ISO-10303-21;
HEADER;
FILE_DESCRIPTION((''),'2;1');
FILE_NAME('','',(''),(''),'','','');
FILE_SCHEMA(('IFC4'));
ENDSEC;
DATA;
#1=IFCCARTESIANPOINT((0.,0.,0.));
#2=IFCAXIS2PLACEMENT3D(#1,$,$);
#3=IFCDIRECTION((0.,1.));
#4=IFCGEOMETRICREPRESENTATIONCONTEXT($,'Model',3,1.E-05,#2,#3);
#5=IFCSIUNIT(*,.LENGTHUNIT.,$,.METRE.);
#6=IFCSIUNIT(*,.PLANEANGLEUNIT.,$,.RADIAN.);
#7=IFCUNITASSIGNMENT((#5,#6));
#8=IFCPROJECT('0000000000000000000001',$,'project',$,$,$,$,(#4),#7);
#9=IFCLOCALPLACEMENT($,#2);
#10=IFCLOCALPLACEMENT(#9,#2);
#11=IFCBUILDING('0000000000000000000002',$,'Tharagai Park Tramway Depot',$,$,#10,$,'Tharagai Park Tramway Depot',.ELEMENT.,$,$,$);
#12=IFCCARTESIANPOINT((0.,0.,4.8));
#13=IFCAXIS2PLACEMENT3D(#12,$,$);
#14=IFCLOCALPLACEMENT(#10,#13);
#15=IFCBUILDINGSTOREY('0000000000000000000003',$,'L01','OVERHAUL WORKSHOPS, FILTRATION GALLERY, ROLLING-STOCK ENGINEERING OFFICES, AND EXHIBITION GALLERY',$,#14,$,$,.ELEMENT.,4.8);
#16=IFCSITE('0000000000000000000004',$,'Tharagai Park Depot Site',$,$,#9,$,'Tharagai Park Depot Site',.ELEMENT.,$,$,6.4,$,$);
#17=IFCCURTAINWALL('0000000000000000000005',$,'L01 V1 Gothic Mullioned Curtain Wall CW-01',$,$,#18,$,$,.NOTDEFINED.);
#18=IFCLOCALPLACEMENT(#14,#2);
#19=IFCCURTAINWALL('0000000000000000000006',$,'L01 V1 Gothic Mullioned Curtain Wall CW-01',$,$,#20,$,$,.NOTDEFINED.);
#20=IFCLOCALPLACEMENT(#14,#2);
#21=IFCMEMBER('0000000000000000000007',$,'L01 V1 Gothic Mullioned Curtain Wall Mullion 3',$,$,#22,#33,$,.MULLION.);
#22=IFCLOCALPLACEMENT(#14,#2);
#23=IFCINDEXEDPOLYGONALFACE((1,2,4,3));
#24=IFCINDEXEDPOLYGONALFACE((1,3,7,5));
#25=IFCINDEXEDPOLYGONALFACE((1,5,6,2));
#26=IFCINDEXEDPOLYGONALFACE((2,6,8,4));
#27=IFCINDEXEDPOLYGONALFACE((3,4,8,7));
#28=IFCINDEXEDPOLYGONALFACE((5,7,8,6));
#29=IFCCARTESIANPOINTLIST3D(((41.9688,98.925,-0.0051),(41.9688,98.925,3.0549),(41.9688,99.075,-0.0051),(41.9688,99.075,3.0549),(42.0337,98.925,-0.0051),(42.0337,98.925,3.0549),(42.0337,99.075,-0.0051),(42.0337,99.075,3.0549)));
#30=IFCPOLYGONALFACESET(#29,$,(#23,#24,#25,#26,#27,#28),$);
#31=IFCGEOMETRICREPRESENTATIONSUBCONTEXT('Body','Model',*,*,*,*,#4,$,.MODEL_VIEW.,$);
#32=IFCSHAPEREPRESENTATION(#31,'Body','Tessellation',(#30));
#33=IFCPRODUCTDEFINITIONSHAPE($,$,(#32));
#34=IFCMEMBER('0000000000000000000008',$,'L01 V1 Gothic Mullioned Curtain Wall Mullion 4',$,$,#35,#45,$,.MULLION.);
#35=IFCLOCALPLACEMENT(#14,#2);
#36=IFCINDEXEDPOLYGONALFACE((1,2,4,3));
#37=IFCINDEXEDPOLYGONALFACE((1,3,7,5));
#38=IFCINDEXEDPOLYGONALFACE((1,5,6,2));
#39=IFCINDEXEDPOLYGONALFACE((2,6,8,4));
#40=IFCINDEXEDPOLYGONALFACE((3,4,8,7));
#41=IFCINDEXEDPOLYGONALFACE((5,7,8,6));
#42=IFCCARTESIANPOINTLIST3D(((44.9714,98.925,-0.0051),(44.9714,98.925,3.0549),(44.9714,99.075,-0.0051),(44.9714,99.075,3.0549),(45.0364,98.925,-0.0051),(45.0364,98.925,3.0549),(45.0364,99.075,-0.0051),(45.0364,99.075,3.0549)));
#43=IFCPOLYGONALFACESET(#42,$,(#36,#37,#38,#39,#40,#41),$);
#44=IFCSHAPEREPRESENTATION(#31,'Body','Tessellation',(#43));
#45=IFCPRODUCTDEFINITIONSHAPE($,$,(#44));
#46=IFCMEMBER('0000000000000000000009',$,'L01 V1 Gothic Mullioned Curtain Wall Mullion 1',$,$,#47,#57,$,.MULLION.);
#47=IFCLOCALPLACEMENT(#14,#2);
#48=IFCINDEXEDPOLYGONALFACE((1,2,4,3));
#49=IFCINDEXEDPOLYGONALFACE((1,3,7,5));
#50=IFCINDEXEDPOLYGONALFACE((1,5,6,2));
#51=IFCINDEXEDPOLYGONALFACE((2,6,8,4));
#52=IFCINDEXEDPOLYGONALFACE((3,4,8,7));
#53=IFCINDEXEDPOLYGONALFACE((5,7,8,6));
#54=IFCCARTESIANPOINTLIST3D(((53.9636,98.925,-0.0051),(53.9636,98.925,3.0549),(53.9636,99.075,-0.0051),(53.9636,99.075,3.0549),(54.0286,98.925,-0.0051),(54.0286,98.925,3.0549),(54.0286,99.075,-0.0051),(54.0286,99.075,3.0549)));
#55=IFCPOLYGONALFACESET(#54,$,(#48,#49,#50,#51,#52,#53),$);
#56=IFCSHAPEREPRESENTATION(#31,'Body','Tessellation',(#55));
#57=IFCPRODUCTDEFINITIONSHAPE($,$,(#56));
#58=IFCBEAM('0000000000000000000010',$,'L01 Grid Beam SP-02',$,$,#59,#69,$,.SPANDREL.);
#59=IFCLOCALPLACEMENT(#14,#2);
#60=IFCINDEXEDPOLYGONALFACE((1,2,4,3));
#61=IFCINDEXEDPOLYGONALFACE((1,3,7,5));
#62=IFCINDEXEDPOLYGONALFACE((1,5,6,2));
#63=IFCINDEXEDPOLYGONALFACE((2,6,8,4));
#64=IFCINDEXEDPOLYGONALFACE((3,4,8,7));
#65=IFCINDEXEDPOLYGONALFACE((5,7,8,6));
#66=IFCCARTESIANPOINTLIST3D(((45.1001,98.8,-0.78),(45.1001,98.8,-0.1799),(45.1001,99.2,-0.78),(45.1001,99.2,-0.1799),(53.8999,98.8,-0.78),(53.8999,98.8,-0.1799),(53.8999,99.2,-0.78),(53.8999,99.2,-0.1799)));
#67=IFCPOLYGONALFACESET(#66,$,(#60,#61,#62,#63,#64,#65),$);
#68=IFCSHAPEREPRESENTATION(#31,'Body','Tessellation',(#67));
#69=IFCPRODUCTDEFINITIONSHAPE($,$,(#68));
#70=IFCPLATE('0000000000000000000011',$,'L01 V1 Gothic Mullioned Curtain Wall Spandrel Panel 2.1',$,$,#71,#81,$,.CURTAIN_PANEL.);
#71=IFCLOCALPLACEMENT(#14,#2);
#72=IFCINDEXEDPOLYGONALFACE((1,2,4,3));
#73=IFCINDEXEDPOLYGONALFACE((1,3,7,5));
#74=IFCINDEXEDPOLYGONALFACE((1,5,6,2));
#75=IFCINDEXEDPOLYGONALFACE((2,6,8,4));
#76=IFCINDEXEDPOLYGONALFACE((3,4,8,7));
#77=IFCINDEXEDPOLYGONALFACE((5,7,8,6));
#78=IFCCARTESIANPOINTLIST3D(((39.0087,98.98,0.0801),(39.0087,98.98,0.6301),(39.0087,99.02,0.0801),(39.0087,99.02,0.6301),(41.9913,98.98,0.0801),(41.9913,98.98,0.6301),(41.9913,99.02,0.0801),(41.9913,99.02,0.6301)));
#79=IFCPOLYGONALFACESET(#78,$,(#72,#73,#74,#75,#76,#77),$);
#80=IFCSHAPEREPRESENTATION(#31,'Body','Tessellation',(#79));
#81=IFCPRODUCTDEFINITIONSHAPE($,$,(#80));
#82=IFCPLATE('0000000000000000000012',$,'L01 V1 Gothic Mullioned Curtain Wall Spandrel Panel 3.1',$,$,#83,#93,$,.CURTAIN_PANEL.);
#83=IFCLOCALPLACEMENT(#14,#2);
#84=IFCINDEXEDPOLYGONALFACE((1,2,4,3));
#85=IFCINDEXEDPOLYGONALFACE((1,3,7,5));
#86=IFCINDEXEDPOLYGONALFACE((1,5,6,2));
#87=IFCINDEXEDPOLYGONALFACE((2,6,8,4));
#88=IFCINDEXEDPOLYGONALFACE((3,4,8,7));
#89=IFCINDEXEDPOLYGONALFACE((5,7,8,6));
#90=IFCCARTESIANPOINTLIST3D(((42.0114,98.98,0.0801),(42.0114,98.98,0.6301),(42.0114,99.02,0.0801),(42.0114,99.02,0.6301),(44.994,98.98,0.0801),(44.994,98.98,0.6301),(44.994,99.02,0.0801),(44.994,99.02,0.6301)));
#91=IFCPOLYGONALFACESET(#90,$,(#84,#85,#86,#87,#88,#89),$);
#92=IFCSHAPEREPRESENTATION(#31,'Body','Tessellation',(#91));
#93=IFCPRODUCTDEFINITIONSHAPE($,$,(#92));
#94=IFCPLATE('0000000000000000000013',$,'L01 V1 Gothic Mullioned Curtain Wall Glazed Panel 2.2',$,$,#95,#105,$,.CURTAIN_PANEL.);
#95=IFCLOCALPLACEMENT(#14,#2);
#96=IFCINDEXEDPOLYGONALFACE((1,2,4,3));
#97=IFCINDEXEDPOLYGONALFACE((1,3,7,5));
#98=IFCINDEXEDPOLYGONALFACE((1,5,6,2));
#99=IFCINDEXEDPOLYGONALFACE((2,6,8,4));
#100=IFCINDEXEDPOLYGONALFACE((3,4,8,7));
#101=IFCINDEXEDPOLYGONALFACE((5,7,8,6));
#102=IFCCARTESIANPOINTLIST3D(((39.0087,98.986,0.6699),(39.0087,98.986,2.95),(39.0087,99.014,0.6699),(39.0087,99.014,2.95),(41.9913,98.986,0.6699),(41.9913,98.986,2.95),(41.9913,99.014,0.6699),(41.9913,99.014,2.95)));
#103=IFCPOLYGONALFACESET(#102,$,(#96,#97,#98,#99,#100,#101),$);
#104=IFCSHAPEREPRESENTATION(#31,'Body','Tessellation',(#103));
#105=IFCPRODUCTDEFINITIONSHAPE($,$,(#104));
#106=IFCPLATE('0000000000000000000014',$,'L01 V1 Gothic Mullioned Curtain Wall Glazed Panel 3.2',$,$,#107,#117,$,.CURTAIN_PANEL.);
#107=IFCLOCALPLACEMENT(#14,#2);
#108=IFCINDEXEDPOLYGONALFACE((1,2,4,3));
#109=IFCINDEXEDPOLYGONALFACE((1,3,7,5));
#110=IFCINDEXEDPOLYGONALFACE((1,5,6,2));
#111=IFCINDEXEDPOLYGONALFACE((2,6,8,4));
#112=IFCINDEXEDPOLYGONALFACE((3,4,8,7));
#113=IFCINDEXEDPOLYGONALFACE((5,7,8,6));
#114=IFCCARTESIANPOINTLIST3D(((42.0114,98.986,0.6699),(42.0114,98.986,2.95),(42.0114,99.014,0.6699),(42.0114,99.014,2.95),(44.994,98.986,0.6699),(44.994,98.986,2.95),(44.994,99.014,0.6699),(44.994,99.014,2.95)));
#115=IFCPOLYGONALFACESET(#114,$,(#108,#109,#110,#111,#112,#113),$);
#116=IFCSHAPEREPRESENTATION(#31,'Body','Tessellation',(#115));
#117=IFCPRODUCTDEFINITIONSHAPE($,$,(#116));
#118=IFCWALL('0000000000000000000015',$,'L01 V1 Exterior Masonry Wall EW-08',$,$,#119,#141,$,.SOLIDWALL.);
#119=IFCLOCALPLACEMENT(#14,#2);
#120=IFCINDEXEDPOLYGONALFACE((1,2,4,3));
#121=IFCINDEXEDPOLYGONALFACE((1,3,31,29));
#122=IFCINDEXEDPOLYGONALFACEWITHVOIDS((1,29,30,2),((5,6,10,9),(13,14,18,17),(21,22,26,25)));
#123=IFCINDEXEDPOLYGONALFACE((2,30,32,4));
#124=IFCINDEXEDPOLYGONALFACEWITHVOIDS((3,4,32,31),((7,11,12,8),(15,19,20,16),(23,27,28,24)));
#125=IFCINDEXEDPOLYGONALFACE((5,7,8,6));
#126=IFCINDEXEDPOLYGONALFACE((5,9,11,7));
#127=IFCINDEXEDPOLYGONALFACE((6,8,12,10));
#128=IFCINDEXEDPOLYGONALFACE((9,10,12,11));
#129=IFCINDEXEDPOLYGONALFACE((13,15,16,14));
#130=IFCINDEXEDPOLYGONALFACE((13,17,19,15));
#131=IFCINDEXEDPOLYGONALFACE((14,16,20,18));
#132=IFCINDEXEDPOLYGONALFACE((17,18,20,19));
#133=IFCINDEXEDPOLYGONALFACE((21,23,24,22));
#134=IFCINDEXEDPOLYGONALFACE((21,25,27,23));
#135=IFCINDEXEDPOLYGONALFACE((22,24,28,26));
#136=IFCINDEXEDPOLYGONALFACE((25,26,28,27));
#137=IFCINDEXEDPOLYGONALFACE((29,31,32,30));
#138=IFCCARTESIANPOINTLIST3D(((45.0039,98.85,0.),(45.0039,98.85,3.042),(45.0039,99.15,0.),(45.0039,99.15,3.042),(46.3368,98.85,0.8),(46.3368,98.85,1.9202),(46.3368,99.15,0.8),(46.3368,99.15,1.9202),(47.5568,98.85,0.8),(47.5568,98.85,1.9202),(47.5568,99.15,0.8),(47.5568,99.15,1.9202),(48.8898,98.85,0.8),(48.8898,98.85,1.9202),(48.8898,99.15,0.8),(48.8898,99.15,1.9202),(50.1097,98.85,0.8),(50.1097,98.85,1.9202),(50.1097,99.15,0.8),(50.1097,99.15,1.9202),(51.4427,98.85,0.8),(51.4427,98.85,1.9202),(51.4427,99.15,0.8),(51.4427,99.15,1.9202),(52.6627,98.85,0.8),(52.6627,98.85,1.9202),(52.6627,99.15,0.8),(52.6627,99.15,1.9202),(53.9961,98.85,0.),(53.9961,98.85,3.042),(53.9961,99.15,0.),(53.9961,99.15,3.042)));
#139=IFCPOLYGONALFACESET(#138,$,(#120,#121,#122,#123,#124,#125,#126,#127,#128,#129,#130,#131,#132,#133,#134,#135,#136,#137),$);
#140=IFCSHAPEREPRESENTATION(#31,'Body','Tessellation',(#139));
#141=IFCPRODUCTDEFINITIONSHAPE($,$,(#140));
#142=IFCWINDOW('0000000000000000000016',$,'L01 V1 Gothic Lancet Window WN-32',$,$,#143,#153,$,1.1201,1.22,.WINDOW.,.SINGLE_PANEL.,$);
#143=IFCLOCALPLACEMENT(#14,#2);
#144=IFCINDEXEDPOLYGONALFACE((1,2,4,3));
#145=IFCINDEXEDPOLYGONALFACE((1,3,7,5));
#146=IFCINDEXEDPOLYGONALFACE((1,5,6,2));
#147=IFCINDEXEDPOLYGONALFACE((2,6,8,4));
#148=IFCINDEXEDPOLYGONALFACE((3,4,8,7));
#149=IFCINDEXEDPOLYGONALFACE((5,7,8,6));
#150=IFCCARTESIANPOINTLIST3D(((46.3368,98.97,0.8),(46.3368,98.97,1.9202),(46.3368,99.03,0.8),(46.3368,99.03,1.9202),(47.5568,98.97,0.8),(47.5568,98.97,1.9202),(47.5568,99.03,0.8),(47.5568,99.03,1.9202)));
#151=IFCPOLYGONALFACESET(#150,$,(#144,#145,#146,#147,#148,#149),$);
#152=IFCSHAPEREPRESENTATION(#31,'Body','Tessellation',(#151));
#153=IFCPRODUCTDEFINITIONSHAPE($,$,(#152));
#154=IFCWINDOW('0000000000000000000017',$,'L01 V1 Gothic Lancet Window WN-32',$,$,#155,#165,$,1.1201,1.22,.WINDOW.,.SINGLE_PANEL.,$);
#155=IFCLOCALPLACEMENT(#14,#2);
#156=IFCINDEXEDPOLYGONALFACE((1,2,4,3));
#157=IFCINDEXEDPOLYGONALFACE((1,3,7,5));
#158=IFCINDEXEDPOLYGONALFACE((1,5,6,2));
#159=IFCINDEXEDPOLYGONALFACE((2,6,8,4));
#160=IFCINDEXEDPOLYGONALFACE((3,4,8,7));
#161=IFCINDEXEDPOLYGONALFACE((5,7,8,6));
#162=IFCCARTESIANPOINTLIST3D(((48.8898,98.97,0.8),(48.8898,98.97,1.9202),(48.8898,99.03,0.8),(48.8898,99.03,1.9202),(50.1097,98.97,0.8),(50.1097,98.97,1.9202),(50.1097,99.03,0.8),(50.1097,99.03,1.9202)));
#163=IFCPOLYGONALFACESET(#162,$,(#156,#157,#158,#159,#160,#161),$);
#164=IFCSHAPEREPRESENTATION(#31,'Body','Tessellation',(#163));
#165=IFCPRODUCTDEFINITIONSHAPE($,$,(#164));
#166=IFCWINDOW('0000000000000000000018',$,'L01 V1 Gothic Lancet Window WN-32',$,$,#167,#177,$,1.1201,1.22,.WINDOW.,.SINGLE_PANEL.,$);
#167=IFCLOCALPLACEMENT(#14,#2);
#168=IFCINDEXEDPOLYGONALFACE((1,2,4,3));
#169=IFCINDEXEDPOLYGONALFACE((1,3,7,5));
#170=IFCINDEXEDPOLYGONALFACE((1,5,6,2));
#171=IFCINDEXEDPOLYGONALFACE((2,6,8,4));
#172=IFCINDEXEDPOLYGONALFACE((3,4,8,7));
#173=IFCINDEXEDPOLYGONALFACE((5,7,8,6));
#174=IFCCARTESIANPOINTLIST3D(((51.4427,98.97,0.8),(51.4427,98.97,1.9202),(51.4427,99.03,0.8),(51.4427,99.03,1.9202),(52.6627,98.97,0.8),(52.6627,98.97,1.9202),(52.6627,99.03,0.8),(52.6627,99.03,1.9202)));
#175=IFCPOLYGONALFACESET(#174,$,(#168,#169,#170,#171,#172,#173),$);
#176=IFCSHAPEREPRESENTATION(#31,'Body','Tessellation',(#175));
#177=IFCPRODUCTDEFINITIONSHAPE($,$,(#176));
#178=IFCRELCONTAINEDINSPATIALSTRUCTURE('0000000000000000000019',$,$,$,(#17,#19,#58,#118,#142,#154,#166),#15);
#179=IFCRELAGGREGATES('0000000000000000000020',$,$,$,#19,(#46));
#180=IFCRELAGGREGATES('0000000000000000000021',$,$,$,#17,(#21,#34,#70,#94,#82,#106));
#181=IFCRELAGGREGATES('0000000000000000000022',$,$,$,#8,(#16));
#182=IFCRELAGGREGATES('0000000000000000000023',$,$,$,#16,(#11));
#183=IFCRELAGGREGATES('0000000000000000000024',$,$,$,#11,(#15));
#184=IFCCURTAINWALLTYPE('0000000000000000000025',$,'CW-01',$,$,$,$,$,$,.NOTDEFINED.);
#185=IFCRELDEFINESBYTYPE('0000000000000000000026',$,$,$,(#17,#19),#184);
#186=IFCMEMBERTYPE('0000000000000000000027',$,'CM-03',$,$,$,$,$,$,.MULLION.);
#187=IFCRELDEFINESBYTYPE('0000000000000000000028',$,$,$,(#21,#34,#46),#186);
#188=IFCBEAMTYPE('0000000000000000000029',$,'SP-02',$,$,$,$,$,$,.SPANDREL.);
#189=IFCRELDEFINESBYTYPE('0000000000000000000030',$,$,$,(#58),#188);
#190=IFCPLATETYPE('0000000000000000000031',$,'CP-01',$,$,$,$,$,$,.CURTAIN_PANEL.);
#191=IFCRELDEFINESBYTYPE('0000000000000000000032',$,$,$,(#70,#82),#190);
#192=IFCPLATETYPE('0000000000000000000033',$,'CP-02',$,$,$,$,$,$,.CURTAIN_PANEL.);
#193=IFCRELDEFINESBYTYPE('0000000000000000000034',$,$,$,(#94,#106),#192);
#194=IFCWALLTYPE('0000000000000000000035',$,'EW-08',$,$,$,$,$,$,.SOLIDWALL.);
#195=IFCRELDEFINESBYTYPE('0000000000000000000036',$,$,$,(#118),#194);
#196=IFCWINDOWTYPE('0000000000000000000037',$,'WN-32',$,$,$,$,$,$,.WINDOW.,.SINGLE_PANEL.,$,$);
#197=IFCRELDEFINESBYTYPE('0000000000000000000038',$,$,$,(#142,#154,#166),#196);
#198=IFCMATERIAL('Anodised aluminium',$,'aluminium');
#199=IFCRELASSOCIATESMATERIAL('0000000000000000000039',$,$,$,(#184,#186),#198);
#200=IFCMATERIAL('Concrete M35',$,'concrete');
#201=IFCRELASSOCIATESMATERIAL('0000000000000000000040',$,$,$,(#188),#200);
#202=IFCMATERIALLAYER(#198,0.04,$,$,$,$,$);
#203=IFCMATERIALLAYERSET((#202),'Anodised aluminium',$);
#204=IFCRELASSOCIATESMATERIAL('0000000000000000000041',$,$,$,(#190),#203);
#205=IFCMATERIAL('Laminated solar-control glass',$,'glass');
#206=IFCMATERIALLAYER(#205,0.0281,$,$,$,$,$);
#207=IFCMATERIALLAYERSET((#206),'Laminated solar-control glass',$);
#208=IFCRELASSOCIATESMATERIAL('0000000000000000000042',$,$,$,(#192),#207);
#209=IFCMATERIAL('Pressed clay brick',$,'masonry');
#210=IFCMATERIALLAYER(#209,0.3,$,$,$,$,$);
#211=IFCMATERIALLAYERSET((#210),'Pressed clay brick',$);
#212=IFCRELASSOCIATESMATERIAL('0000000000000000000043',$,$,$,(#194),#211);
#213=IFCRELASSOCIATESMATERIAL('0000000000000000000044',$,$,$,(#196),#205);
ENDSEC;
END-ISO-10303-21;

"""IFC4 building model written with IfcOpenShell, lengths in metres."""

from ifc_helpers import new_model, si_unit, direction, frame, frame_2d, origin, origin_2d, place, context, subcontext, project, spatial, rectangle, extrude, material, layer, layer_set, material_profile, profile_set, type_object, element, fill, aggregate, save


model = new_model("IFC4")

# Units and contexts
model_context = context("Model", 3, precision=1e-05, world=origin(), true_north=direction((0.0, 1.0)))
body_context = subcontext(model_context, "Body", "Model", "MODEL_VIEW")
ifc_project = project(units=[si_unit("LENGTHUNIT", "METRE"), si_unit("PLANEANGLEUNIT", "RADIAN")], contexts=[model_context])

# Site, building, storey
site_placement = place(None, origin())
site = spatial("IfcSite", under=ifc_project, at=site_placement, Name="Tharagai Park Depot Site", LongName="Tharagai Park Depot Site", CompositionType="ELEMENT", RefElevation=6.4)
building_placement = place(site_placement, origin())
building = spatial("IfcBuilding", under=site, at=building_placement, Name="Tharagai Park Tramway Depot", LongName="Tharagai Park Tramway Depot", CompositionType="ELEMENT")
storey_placement = place(building_placement, frame((0.0, 0.0, 4.8)))
storey = spatial("IfcBuildingStorey", under=building, at=storey_placement, Name="L01", Description="OVERHAUL WORKSHOPS, FILTRATION GALLERY, ROLLING-STOCK ENGINEERING OFFICES, AND EXHIBITION GALLERY", CompositionType="ELEMENT", Elevation=4.8)

# Curtain walls
ifc_material_1 = material(Name="Anodised aluminium", Category="aluminium")
curtain_wall_type = type_object("IfcCurtainWallType", Name="CW-01", PredefinedType="NOTDEFINED", material=ifc_material_1)
curtain_wall_1_placement = place(storey_placement, origin())
curtain_wall_1 = element("IfcCurtainWall", 1, at=curtain_wall_1_placement, inside=storey, type_object=curtain_wall_type, Name="L01 V1 Gothic Mullioned Curtain Wall CW-01", PredefinedType="NOTDEFINED")
curtain_wall_2_placement = place(storey_placement, origin())
curtain_wall_2 = element("IfcCurtainWall", 2, at=curtain_wall_2_placement, inside=storey, type_object=curtain_wall_type, Name="L01 V1 Gothic Mullioned Curtain Wall CW-01", PredefinedType="NOTDEFINED")

# Members
ifc_material_profile_1 = material_profile(ifc_material_1, rectangle(XDim=0.0649, YDim=0.1499, at=origin_2d()), Name="ALU 65x150")
ifc_profile_set_1 = profile_set([ifc_material_profile_1], Name="Anodised aluminium")
member_type_1 = type_object("IfcMemberType", Name="CM-03", PredefinedType="MULLION", material=ifc_profile_set_1)
member_1_placement = place(storey_placement, frame((42.0012, 99.0, -0.0051), z_axis=(0.0, 0.0, 1.0), x_axis=(1.0, 0.0, 0.0)))
member_1 = element("IfcMember", 3, at=member_1_placement, type_object=member_type_1, Name="L01 V1 Gothic Mullioned Curtain Wall Mullion 3", PredefinedType="MULLION", context=body_context, shape_type="SweptSolid", body=[
    extrude(rectangle(XDim=0.0649, YDim=0.1499, at=origin_2d()), origin(), (0.0, 0.0, 1.0), 3.0601),
])
member_2_placement = place(storey_placement, frame((45.0039, 99.0, -0.0051), z_axis=(0.0, 0.0, 1.0), x_axis=(1.0, 0.0, 0.0)))
member_2 = element("IfcMember", 4, at=member_2_placement, type_object=member_type_1, Name="L01 V1 Gothic Mullioned Curtain Wall Mullion 4", PredefinedType="MULLION", context=body_context, shape_type="SweptSolid", body=[
    extrude(rectangle(XDim=0.0649, YDim=0.1499, at=origin_2d()), origin(), (0.0, 0.0, 1.0), 3.0601),
])
member_3_placement = place(storey_placement, frame((53.9961, 99.0, -0.0051), z_axis=(0.0, 0.0, 1.0), x_axis=(1.0, 0.0, 0.0)))
member_3 = element("IfcMember", 5, at=member_3_placement, type_object=member_type_1, Name="L01 V1 Gothic Mullioned Curtain Wall Mullion 1", PredefinedType="MULLION", context=body_context, shape_type="SweptSolid", body=[
    extrude(rectangle(XDim=0.0649, YDim=0.1499, at=origin_2d()), origin(), (0.0, 0.0, 1.0), 3.0601),
])
aggregate(curtain_wall_2, [member_3])

# Beam
ifc_material_2 = material(Name="Concrete M35", Category="concrete")
ifc_material_profile_2 = material_profile(ifc_material_2, rectangle(XDim=0.3999, YDim=0.6001, at=origin_2d()), Name="RC 400x600")
ifc_profile_set_2 = profile_set([ifc_material_profile_2], Name="Concrete M35")
beam_type = type_object("IfcBeamType", Name="SP-02", PredefinedType="SPANDREL", material=ifc_profile_set_2)
beam_placement = place(storey_placement, frame((45.1001, 99.0, -0.48), z_axis=(1.0, 0.0, 0.0), x_axis=(0.0, 1.0, 0.0)))
element("IfcBeam", 6, at=beam_placement, inside=storey, type_object=beam_type, Name="L01 Grid Beam SP-02", PredefinedType="SPANDREL", context=body_context, shape_type="SweptSolid", body=[
    extrude(rectangle(XDim=0.3999, YDim=0.6001, at=origin_2d()), origin(), (0.0, 0.0, 1.0), 8.7998),
])

# Plates
ifc_layer_1 = layer(ifc_material_1, 0.04)
ifc_layer_set_1 = layer_set([ifc_layer_1], Name="Anodised aluminium")
plate_type_1 = type_object("IfcPlateType", Name="CP-01", PredefinedType="CURTAIN_PANEL", material=ifc_layer_set_1)
plate_1_placement = place(storey_placement, frame((40.5, 99.0, 0.0801), z_axis=(0.0, 0.0, 1.0), x_axis=(1.0, 0.0, 0.0)))
plate_1 = element("IfcPlate", 7, at=plate_1_placement, type_object=plate_type_1, Name="L01 V1 Gothic Mullioned Curtain Wall Spandrel Panel 2.1", PredefinedType="CURTAIN_PANEL", context=body_context, shape_type="SweptSolid", body=[
    extrude(rectangle(XDim=2.9827, YDim=0.04, at=origin_2d()), origin(), (0.0, 0.0, 1.0), 0.55),
])
plate_2_placement = place(storey_placement, frame((43.5027, 99.0, 0.0801), z_axis=(0.0, 0.0, 1.0), x_axis=(1.0, 0.0, 0.0)))
plate_2 = element("IfcPlate", 8, at=plate_2_placement, type_object=plate_type_1, Name="L01 V1 Gothic Mullioned Curtain Wall Spandrel Panel 3.1", PredefinedType="CURTAIN_PANEL", context=body_context, shape_type="SweptSolid", body=[
    extrude(rectangle(XDim=2.9827, YDim=0.04, at=origin_2d()), origin(), (0.0, 0.0, 1.0), 0.55),
])
ifc_material_3 = material(Name="Laminated solar-control glass", Category="glass")
ifc_layer_2 = layer(ifc_material_3, 0.0281)
ifc_layer_set_2 = layer_set([ifc_layer_2], Name="Laminated solar-control glass")
plate_type_2 = type_object("IfcPlateType", Name="CP-02", PredefinedType="CURTAIN_PANEL", material=ifc_layer_set_2)
plate_3_placement = place(storey_placement, frame((40.5, 99.0, 0.6699), z_axis=(0.0, 0.0, 1.0), x_axis=(1.0, 0.0, 0.0)))
plate_3 = element("IfcPlate", 9, at=plate_3_placement, type_object=plate_type_2, Name="L01 V1 Gothic Mullioned Curtain Wall Glazed Panel 2.2", PredefinedType="CURTAIN_PANEL", context=body_context, shape_type="SweptSolid", body=[
    extrude(rectangle(XDim=2.9827, YDim=0.0281, at=origin_2d()), origin(), (0.0, 0.0, 1.0), 2.28),
])
plate_4_placement = place(storey_placement, frame((43.5027, 99.0, 0.6699), z_axis=(0.0, 0.0, 1.0), x_axis=(1.0, 0.0, 0.0)))
plate_4 = element("IfcPlate", 10, at=plate_4_placement, type_object=plate_type_2, Name="L01 V1 Gothic Mullioned Curtain Wall Glazed Panel 3.2", PredefinedType="CURTAIN_PANEL", context=body_context, shape_type="SweptSolid", body=[
    extrude(rectangle(XDim=2.9827, YDim=0.0281, at=origin_2d()), origin(), (0.0, 0.0, 1.0), 2.28),
])
aggregate(curtain_wall_1, [member_1, member_2, plate_1, plate_3, plate_2, plate_4])

# Wall, openings, windows
ifc_material_4 = material(Name="Pressed clay brick", Category="masonry")
ifc_layer_3 = layer(ifc_material_4, 0.3)
ifc_layer_set_3 = layer_set([ifc_layer_3], Name="Pressed clay brick")
wall_type = type_object("IfcWallType", Name="EW-08", PredefinedType="SOLIDWALL", material=ifc_layer_set_3)
wall_placement = place(storey_placement, frame((45.0039, 99.0, 0.0), z_axis=(0.0, 0.0, 1.0), x_axis=(1.0, 0.0, 0.0)))
wall = element("IfcWall", 11, at=wall_placement, inside=storey, type_object=wall_type, Name="L01 V1 Exterior Masonry Wall EW-08", PredefinedType="SOLIDWALL", context=body_context, shape_type="SweptSolid", body=[
    extrude(rectangle(XDim=8.9922, YDim=0.3, at=frame_2d((4.4961, 0.0))), origin(), (0.0, 0.0, 1.0), 3.042),
])
opening_1_placement = place(wall_placement, frame((1.333, 0.0, 0.8)))
opening_1 = element("IfcOpeningElement", 12, at=opening_1_placement, cuts=wall, PredefinedType="OPENING", context=body_context, shape_type="SweptSolid", body=[
    extrude(rectangle(XDim=1.22, YDim=1.1201, at=frame_2d((0.6099, 0.5601))), frame((0.0, 0.1599, 0.0), z_axis=(0.0, -1.0, 0.0), x_axis=(1.0, 0.0, 0.0)), (0.0, 0.0, 1.0), 0.3201),
])
opening_2_placement = place(wall_placement, frame((3.886, 0.0, 0.8)))
opening_2 = element("IfcOpeningElement", 13, at=opening_2_placement, cuts=wall, PredefinedType="OPENING", context=body_context, shape_type="SweptSolid", body=[
    extrude(rectangle(XDim=1.22, YDim=1.1201, at=frame_2d((0.6099, 0.5601))), frame((0.0, 0.1599, 0.0), z_axis=(0.0, -1.0, 0.0), x_axis=(1.0, 0.0, 0.0)), (0.0, 0.0, 1.0), 0.3201),
])
opening_3_placement = place(wall_placement, frame((6.439, 0.0, 0.8)))
opening_3 = element("IfcOpeningElement", 14, at=opening_3_placement, cuts=wall, PredefinedType="OPENING", context=body_context, shape_type="SweptSolid", body=[
    extrude(rectangle(XDim=1.22, YDim=1.1201, at=frame_2d((0.6099, 0.5601))), frame((0.0, 0.1599, 0.0), z_axis=(0.0, -1.0, 0.0), x_axis=(1.0, 0.0, 0.0)), (0.0, 0.0, 1.0), 0.3201),
])
window_type = type_object("IfcWindowType", Name="WN-32", PartitioningType="SINGLE_PANEL", PredefinedType="WINDOW", material=ifc_material_3)
window_1_placement = place(opening_1_placement, origin())
window_1 = element("IfcWindow", 15, at=window_1_placement, inside=storey, type_object=window_type, Name="L01 V1 Gothic Lancet Window WN-32", OverallHeight=1.1201, OverallWidth=1.22, PartitioningType="SINGLE_PANEL", PredefinedType="WINDOW", context=body_context, shape_type="SweptSolid", body=[
    extrude(rectangle(XDim=1.22, YDim=1.1201, at=frame_2d((0.6099, 0.5601))), frame((0.0, 0.03, 0.0), z_axis=(0.0, -1.0, 0.0), x_axis=(1.0, 0.0, 0.0)), (0.0, 0.0, 1.0), 0.0601),
])
fill(opening_1, window_1)
window_2_placement = place(opening_2_placement, origin())
window_2 = element("IfcWindow", 16, at=window_2_placement, inside=storey, type_object=window_type, Name="L01 V1 Gothic Lancet Window WN-32", OverallHeight=1.1201, OverallWidth=1.22, PartitioningType="SINGLE_PANEL", PredefinedType="WINDOW", context=body_context, shape_type="SweptSolid", body=[
    extrude(rectangle(XDim=1.22, YDim=1.1201, at=frame_2d((0.6099, 0.5601))), frame((0.0, 0.03, 0.0), z_axis=(0.0, -1.0, 0.0), x_axis=(1.0, 0.0, 0.0)), (0.0, 0.0, 1.0), 0.0601),
])
fill(opening_2, window_2)
window_3_placement = place(opening_3_placement, origin())
window_3 = element("IfcWindow", 17, at=window_3_placement, inside=storey, type_object=window_type, Name="L01 V1 Gothic Lancet Window WN-32", OverallHeight=1.1201, OverallWidth=1.22, PartitioningType="SINGLE_PANEL", PredefinedType="WINDOW", context=body_context, shape_type="SweptSolid", body=[
    extrude(rectangle(XDim=1.22, YDim=1.1201, at=frame_2d((0.6099, 0.5601))), frame((0.0, 0.03, 0.0), z_axis=(0.0, -1.0, 0.0), x_axis=(1.0, 0.0, 0.0)), (0.0, 0.0, 1.0), 0.0601),
])
fill(opening_3, window_3)

save(model, "model.ifc")
